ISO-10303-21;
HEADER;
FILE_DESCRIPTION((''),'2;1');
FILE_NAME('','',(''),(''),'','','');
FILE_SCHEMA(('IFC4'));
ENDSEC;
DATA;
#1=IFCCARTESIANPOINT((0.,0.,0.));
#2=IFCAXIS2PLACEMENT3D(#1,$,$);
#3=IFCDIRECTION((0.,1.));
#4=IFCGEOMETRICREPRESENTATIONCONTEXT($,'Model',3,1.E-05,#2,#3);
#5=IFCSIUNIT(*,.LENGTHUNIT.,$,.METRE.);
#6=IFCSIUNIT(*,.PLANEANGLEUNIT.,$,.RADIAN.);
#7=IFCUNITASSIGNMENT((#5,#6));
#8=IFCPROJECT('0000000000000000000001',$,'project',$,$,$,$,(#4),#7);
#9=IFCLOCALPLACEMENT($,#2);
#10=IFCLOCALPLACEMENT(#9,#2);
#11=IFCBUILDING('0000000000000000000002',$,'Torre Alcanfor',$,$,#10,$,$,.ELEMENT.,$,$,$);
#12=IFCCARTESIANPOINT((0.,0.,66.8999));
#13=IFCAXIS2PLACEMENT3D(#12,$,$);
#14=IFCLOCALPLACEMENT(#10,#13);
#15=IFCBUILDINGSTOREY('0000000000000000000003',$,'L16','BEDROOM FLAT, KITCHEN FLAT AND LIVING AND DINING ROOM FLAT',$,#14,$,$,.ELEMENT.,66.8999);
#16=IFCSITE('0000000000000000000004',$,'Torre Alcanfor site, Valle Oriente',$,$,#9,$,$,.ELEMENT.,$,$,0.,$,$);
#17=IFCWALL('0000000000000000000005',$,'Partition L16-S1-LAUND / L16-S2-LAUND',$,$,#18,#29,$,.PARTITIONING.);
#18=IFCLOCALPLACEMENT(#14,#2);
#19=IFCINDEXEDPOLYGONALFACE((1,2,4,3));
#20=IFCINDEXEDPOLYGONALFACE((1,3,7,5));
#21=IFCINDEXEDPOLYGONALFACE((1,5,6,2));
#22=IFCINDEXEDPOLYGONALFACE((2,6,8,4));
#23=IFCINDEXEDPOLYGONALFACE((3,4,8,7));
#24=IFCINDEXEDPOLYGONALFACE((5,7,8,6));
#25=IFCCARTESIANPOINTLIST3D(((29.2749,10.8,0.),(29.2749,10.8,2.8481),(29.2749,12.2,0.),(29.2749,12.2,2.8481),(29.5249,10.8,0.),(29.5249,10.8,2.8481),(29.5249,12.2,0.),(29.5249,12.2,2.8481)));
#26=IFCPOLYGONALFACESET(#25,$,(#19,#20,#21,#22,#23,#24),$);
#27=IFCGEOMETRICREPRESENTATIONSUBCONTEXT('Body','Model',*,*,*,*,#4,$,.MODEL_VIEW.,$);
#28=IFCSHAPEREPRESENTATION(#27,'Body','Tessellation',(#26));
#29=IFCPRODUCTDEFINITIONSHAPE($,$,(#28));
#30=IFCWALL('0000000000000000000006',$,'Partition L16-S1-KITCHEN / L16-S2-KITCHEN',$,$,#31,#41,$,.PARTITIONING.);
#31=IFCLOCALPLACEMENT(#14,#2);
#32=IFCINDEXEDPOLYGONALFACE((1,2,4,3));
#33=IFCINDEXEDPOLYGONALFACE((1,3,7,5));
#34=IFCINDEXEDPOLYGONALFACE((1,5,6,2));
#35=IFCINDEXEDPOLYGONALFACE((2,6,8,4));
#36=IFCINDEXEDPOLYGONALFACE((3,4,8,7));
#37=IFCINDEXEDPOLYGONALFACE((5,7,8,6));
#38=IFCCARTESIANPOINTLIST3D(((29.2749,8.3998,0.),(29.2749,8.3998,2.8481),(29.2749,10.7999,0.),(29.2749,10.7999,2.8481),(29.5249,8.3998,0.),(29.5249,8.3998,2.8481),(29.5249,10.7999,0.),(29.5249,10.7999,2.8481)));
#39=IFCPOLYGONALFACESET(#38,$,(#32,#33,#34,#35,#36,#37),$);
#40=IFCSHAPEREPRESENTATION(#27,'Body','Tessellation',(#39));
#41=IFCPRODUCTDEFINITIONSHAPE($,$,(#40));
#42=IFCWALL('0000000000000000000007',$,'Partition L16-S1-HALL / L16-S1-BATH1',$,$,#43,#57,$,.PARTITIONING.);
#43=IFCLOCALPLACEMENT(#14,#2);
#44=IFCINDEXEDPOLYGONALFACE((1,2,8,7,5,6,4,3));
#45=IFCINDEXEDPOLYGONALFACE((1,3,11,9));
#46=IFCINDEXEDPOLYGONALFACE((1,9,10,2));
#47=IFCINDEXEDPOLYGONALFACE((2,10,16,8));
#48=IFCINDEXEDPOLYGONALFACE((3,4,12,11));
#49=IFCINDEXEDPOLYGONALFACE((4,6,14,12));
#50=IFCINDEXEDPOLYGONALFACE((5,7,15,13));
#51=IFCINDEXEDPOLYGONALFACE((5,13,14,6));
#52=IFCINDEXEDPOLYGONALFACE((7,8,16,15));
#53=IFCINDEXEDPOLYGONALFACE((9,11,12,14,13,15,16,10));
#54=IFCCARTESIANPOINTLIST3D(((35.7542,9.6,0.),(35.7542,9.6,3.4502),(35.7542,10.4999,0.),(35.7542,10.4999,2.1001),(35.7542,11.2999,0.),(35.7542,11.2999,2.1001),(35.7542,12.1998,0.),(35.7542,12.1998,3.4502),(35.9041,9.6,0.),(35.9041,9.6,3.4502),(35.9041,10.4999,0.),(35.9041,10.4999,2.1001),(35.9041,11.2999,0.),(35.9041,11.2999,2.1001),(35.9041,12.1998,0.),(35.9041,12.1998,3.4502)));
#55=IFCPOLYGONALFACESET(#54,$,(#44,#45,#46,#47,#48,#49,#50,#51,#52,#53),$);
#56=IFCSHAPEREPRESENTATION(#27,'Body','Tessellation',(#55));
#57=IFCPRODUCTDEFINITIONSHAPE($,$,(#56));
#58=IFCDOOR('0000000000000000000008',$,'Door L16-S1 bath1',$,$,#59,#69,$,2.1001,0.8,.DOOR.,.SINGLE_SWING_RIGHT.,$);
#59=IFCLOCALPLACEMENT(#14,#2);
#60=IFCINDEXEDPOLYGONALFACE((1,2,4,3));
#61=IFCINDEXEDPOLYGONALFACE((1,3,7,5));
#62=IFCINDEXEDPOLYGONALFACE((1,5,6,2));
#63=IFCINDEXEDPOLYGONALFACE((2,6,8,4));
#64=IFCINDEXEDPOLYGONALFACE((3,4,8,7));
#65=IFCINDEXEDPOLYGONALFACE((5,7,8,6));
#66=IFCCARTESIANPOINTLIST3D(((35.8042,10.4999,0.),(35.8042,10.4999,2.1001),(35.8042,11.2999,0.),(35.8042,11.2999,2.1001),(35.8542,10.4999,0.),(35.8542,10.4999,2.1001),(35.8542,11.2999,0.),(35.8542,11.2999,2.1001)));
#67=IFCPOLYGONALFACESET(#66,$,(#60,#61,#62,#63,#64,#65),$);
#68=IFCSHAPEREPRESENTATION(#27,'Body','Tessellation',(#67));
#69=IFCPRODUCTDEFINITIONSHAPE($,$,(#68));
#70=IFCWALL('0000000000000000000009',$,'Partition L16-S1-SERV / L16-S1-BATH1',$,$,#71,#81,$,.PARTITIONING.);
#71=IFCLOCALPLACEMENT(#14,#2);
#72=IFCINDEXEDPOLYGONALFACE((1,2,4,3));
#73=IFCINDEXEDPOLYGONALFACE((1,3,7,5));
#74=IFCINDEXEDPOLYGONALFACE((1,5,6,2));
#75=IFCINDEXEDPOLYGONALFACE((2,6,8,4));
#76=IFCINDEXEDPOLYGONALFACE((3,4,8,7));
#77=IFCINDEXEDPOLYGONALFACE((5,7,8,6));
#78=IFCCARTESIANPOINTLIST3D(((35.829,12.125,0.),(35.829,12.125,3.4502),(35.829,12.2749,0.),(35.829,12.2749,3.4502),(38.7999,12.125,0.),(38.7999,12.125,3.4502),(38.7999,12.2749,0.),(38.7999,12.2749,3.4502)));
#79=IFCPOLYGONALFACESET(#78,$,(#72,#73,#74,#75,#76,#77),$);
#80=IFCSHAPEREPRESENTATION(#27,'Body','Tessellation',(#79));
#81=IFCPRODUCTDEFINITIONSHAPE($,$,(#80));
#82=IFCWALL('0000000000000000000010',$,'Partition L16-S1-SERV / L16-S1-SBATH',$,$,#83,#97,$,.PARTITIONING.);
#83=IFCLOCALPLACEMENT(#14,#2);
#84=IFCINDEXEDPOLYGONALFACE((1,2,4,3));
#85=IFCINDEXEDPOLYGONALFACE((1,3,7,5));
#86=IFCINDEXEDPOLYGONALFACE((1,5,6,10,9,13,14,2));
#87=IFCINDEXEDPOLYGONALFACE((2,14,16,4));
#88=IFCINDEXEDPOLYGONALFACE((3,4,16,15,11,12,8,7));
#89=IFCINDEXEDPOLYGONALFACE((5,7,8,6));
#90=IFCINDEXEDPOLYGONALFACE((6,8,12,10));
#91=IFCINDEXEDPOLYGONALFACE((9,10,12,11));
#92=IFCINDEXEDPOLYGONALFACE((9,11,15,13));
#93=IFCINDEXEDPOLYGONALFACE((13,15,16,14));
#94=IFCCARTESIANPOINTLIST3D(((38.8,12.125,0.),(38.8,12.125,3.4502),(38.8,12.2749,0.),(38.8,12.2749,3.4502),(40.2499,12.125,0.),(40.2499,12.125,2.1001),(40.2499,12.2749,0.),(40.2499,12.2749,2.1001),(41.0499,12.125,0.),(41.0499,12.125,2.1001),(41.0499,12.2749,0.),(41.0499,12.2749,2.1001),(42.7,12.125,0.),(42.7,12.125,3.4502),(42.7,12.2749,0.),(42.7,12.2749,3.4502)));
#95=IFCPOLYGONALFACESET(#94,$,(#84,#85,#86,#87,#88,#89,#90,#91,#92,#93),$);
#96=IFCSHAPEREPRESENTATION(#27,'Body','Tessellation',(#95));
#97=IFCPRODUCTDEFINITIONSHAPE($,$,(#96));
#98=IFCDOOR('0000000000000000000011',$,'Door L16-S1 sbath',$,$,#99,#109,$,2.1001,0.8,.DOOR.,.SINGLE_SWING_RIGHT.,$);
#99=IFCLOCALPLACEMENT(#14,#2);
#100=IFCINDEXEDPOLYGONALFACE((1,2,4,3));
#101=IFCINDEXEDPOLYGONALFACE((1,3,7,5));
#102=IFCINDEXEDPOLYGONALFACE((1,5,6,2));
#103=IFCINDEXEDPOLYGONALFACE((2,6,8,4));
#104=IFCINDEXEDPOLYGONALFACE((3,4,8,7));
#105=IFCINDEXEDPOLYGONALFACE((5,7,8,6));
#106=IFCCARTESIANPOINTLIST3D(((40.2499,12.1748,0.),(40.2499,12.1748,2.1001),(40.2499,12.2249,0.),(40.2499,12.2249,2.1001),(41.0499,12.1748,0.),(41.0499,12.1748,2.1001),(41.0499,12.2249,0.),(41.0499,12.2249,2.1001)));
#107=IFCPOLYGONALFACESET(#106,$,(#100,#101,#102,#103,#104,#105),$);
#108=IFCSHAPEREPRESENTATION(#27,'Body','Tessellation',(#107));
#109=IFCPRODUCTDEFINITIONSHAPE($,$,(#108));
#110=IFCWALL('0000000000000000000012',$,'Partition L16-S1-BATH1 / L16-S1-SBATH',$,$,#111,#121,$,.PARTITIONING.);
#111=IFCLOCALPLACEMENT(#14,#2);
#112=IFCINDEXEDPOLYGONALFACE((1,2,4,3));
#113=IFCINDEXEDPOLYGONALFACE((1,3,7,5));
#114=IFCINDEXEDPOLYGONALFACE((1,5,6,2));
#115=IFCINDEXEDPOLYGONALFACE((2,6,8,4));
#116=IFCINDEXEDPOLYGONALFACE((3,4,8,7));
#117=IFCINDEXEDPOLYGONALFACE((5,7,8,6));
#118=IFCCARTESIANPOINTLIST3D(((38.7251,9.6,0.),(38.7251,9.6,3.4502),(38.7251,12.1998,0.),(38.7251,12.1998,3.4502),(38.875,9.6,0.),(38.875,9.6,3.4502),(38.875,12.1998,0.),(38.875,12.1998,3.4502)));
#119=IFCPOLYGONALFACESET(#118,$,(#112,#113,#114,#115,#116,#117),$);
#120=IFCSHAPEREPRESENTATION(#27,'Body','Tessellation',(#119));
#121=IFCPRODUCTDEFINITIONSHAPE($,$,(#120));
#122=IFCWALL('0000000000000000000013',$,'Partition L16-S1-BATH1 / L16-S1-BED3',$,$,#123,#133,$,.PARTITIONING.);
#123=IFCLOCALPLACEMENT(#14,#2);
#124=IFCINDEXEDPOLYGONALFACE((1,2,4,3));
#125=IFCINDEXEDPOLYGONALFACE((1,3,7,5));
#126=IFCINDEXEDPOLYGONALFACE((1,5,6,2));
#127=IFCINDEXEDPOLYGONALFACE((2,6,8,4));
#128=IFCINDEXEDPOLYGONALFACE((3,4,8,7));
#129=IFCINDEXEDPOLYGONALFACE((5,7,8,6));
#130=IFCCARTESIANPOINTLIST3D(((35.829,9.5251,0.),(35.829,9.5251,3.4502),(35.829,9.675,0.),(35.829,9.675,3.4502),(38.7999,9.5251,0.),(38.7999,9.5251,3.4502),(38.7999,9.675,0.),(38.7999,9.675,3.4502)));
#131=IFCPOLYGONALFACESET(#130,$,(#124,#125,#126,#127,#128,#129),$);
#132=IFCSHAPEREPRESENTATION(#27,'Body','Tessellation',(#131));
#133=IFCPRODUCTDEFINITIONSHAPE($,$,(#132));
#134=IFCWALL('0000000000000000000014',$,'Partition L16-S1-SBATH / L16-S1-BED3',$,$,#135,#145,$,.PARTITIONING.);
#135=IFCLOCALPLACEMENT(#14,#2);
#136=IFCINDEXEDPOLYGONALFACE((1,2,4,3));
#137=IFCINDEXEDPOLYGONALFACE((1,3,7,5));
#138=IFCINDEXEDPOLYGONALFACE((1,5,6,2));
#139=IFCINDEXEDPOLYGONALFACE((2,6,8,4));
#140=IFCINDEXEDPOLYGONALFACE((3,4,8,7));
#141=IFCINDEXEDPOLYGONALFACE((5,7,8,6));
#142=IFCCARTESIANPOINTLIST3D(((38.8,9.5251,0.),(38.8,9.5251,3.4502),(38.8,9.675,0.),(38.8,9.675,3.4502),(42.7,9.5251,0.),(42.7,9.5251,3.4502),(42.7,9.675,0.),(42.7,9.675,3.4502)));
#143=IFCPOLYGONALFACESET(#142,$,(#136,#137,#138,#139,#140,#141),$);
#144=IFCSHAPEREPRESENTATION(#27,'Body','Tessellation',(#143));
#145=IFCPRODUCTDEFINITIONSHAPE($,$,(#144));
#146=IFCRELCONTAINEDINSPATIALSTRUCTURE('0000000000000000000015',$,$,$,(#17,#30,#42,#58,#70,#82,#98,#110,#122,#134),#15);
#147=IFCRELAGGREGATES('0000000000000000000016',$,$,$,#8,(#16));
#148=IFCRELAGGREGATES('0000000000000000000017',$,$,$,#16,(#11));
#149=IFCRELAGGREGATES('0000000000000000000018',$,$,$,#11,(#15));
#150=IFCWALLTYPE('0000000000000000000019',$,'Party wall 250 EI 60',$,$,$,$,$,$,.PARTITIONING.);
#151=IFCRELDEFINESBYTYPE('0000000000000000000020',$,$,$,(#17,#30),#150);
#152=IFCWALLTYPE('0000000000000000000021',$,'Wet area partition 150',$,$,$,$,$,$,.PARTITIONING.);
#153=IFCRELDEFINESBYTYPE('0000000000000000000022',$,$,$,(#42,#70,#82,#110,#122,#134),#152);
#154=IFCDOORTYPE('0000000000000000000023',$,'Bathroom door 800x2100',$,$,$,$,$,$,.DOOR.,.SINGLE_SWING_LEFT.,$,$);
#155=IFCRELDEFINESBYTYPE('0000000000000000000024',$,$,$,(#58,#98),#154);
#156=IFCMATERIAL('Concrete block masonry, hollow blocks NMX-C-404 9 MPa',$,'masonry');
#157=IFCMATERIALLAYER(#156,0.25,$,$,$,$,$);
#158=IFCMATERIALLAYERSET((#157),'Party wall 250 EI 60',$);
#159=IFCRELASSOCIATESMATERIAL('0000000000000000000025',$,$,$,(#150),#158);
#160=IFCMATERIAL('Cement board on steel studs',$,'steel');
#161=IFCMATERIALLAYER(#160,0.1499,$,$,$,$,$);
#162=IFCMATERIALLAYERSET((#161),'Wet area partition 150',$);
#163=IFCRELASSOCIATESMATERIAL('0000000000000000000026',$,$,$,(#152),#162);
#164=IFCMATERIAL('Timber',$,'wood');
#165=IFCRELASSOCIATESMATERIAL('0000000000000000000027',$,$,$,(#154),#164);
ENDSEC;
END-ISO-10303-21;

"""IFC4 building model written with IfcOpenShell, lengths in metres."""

from ifc_helpers import new_model, si_unit, direction, frame, frame_2d, origin, place, context, subcontext, project, spatial, rectangle, extrude, material, layer, layer_set, type_object, element, fill, save


model = new_model("IFC4")

# Units and contexts
model_context = context("Model", 3, precision=1e-05, world=origin(), true_north=direction((0.0, 1.0)))
body_context = subcontext(model_context, "Body", "Model", "MODEL_VIEW")
ifc_project = project(units=[si_unit("LENGTHUNIT", "METRE"), si_unit("PLANEANGLEUNIT", "RADIAN")], contexts=[model_context])

# Site, building, storey
site_placement = place(None, origin())
site = spatial("IfcSite", under=ifc_project, at=site_placement, Name="Torre Alcanfor site, Valle Oriente", CompositionType="ELEMENT", RefElevation=0.0)
building_placement = place(site_placement, origin())
building = spatial("IfcBuilding", under=site, at=building_placement, Name="Torre Alcanfor", CompositionType="ELEMENT")
storey_placement = place(building_placement, frame((0.0, 0.0, 66.8999)))
storey = spatial("IfcBuildingStorey", under=building, at=storey_placement, Name="L16", Description="BEDROOM FLAT, KITCHEN FLAT AND LIVING AND DINING ROOM FLAT", CompositionType="ELEMENT", Elevation=66.8999)

# Walls
ifc_material_1 = material(Name="Concrete block masonry, hollow blocks NMX-C-404 9 MPa", Category="masonry")
ifc_layer_1 = layer(ifc_material_1, 0.25)
ifc_layer_set_1 = layer_set([ifc_layer_1], Name="Party wall 250 EI 60")
wall_type_1 = type_object("IfcWallType", Name="Party wall 250 EI 60", PredefinedType="PARTITIONING", material=ifc_layer_set_1)
wall_1_placement = place(storey_placement, frame((29.3999, 12.2, 0.0), z_axis=(0.0, 0.0, 1.0), x_axis=(0.0, -1.0, 0.0)))
element("IfcWall", 1, at=wall_1_placement, inside=storey, type_object=wall_type_1, Name="Partition L16-S1-LAUND / L16-S2-LAUND", PredefinedType="PARTITIONING", context=body_context, shape_type="SweptSolid", body=[
    extrude(rectangle(XDim=1.3999, YDim=0.25, at=frame_2d((0.7, 0.0))), origin(), (0.0, 0.0, 1.0), 2.8481),
])
wall_2_placement = place(storey_placement, frame((29.3999, 10.8, 0.0), z_axis=(0.0, 0.0, 1.0), x_axis=(0.0, -1.0, 0.0)))
element("IfcWall", 2, at=wall_2_placement, inside=storey, type_object=wall_type_1, Name="Partition L16-S1-KITCHEN / L16-S2-KITCHEN", PredefinedType="PARTITIONING", context=body_context, shape_type="SweptSolid", body=[
    extrude(rectangle(XDim=2.4001, YDim=0.25, at=frame_2d((1.2002, 0.0))), origin(), (0.0, 0.0, 1.0), 2.8481),
])

# Wall, opening, door
ifc_material_2 = material(Name="Cement board on steel studs", Category="steel")
ifc_layer_2 = layer(ifc_material_2, 0.1499)
ifc_layer_set_2 = layer_set([ifc_layer_2], Name="Wet area partition 150")
wall_type_2 = type_object("IfcWallType", Name="Wet area partition 150", PredefinedType="PARTITIONING", material=ifc_layer_set_2)
wall_3_placement = place(storey_placement, frame((35.8291, 9.6001, 0.0), z_axis=(0.0, 0.0, 1.0), x_axis=(0.0, 1.0, 0.0)))
wall_3 = element("IfcWall", 3, at=wall_3_placement, inside=storey, type_object=wall_type_2, Name="Partition L16-S1-HALL / L16-S1-BATH1", PredefinedType="PARTITIONING", context=body_context, shape_type="SweptSolid", body=[
    extrude(rectangle(XDim=2.5999, YDim=0.1499, at=frame_2d((1.2998, 0.0))), origin(), (0.0, 0.0, 1.0), 3.4502),
])
opening_1_placement = place(wall_3_placement, frame((0.8999, 0.0, 0.0)))
opening_1 = element("IfcOpeningElement", 4, at=opening_1_placement, cuts=wall_3, PredefinedType="OPENING", context=body_context, shape_type="SweptSolid", body=[
    extrude(rectangle(XDim=0.8, YDim=2.1001, at=frame_2d((0.3999, 1.05))), frame((0.0, 0.085, 0.0), z_axis=(0.0, -1.0, 0.0), x_axis=(1.0, 0.0, 0.0)), (0.0, 0.0, 1.0), 0.1699),
])
ifc_material_3 = material(Name="Timber", Category="wood")
door_type_1 = type_object("IfcDoorType", Name="Bathroom door 800x2100", OperationType="SINGLE_SWING_LEFT", PredefinedType="DOOR", material=ifc_material_3)
door_1_placement = place(opening_1_placement, frame((0.8, 0.0, 0.0), z_axis=(0.0, 0.0, 1.0), x_axis=(-1.0, 0.0, 0.0)))
door_1 = element("IfcDoor", 5, at=door_1_placement, inside=storey, type_object=door_type_1, Name="Door L16-S1 bath1", OperationType="SINGLE_SWING_RIGHT", OverallHeight=2.1001, OverallWidth=0.8, PredefinedType="DOOR", context=body_context, shape_type="SweptSolid", body=[
    extrude(rectangle(XDim=0.8, YDim=2.1001, at=frame_2d((0.4001, 1.05))), frame((0.0, 0.0251, 0.0), z_axis=(0.0, -1.0, 0.0), x_axis=(1.0, 0.0, 0.0)), (0.0, 0.0, 1.0), 0.05),
])
fill(opening_1, door_1)

# Wall
wall_4_placement = place(storey_placement, frame((35.8291, 12.2, 0.0), z_axis=(0.0, 0.0, 1.0), x_axis=(1.0, 0.0, 0.0)))
element("IfcWall", 6, at=wall_4_placement, inside=storey, type_object=wall_type_2, Name="Partition L16-S1-SERV / L16-S1-BATH1", PredefinedType="PARTITIONING", context=body_context, shape_type="SweptSolid", body=[
    extrude(rectangle(XDim=2.9709, YDim=0.1499, at=frame_2d((1.4854, 0.0))), origin(), (0.0, 0.0, 1.0), 3.4502),
])

# Wall, opening, door
wall_5_placement = place(storey_placement, frame((38.8, 12.2, 0.0), z_axis=(0.0, 0.0, 1.0), x_axis=(1.0, 0.0, 0.0)))
wall_5 = element("IfcWall", 7, at=wall_5_placement, inside=storey, type_object=wall_type_2, Name="Partition L16-S1-SERV / L16-S1-SBATH", PredefinedType="PARTITIONING", context=body_context, shape_type="SweptSolid", body=[
    extrude(rectangle(XDim=3.8999, YDim=0.1499, at=frame_2d((1.95, 0.0))), origin(), (0.0, 0.0, 1.0), 3.4502),
])
opening_2_placement = place(wall_5_placement, frame((1.45, 0.0, 0.0)))
opening_2 = element("IfcOpeningElement", 8, at=opening_2_placement, cuts=wall_5, PredefinedType="OPENING", context=body_context, shape_type="SweptSolid", body=[
    extrude(rectangle(XDim=0.8, YDim=2.1001, at=frame_2d((0.3999, 1.05))), frame((0.0, 0.085, 0.0), z_axis=(0.0, -1.0, 0.0), x_axis=(1.0, 0.0, 0.0)), (0.0, 0.0, 1.0), 0.1699),
])
door_2_placement = place(opening_2_placement, frame((0.8, 0.0, 0.0), z_axis=(0.0, 0.0, 1.0), x_axis=(-1.0, 0.0, 0.0)))
door_2 = element("IfcDoor", 9, at=door_2_placement, inside=storey, type_object=door_type_1, Name="Door L16-S1 sbath", OperationType="SINGLE_SWING_RIGHT", OverallHeight=2.1001, OverallWidth=0.8, PredefinedType="DOOR", context=body_context, shape_type="SweptSolid", body=[
    extrude(rectangle(XDim=0.8, YDim=2.1001, at=frame_2d((0.4001, 1.05))), frame((0.0, 0.0251, 0.0), z_axis=(0.0, -1.0, 0.0), x_axis=(1.0, 0.0, 0.0)), (0.0, 0.0, 1.0), 0.05),
])
fill(opening_2, door_2)

# Walls
wall_6_placement = place(storey_placement, frame((38.8, 9.6001, 0.0), z_axis=(0.0, 0.0, 1.0), x_axis=(0.0, 1.0, 0.0)))
element("IfcWall", 10, at=wall_6_placement, inside=storey, type_object=wall_type_2, Name="Partition L16-S1-BATH1 / L16-S1-SBATH", PredefinedType="PARTITIONING", context=body_context, shape_type="SweptSolid", body=[
    extrude(rectangle(XDim=2.5999, YDim=0.1499, at=frame_2d((1.2998, 0.0))), origin(), (0.0, 0.0, 1.0), 3.4502),
])
wall_7_placement = place(storey_placement, frame((35.8291, 9.6001, 0.0), z_axis=(0.0, 0.0, 1.0), x_axis=(1.0, 0.0, 0.0)))
element("IfcWall", 11, at=wall_7_placement, inside=storey, type_object=wall_type_2, Name="Partition L16-S1-BATH1 / L16-S1-BED3", PredefinedType="PARTITIONING", context=body_context, shape_type="SweptSolid", body=[
    extrude(rectangle(XDim=2.9709, YDim=0.1499, at=frame_2d((1.4854, 0.0))), origin(), (0.0, 0.0, 1.0), 3.4502),
])
wall_8_placement = place(storey_placement, frame((38.8, 9.6001, 0.0), z_axis=(0.0, 0.0, 1.0), x_axis=(1.0, 0.0, 0.0)))
element("IfcWall", 12, at=wall_8_placement, inside=storey, type_object=wall_type_2, Name="Partition L16-S1-SBATH / L16-S1-BED3", PredefinedType="PARTITIONING", context=body_context, shape_type="SweptSolid", body=[
    extrude(rectangle(XDim=3.8999, YDim=0.1499, at=frame_2d((1.95, 0.0))), origin(), (0.0, 0.0, 1.0), 3.4502),
])

save(model, "model.ifc")
